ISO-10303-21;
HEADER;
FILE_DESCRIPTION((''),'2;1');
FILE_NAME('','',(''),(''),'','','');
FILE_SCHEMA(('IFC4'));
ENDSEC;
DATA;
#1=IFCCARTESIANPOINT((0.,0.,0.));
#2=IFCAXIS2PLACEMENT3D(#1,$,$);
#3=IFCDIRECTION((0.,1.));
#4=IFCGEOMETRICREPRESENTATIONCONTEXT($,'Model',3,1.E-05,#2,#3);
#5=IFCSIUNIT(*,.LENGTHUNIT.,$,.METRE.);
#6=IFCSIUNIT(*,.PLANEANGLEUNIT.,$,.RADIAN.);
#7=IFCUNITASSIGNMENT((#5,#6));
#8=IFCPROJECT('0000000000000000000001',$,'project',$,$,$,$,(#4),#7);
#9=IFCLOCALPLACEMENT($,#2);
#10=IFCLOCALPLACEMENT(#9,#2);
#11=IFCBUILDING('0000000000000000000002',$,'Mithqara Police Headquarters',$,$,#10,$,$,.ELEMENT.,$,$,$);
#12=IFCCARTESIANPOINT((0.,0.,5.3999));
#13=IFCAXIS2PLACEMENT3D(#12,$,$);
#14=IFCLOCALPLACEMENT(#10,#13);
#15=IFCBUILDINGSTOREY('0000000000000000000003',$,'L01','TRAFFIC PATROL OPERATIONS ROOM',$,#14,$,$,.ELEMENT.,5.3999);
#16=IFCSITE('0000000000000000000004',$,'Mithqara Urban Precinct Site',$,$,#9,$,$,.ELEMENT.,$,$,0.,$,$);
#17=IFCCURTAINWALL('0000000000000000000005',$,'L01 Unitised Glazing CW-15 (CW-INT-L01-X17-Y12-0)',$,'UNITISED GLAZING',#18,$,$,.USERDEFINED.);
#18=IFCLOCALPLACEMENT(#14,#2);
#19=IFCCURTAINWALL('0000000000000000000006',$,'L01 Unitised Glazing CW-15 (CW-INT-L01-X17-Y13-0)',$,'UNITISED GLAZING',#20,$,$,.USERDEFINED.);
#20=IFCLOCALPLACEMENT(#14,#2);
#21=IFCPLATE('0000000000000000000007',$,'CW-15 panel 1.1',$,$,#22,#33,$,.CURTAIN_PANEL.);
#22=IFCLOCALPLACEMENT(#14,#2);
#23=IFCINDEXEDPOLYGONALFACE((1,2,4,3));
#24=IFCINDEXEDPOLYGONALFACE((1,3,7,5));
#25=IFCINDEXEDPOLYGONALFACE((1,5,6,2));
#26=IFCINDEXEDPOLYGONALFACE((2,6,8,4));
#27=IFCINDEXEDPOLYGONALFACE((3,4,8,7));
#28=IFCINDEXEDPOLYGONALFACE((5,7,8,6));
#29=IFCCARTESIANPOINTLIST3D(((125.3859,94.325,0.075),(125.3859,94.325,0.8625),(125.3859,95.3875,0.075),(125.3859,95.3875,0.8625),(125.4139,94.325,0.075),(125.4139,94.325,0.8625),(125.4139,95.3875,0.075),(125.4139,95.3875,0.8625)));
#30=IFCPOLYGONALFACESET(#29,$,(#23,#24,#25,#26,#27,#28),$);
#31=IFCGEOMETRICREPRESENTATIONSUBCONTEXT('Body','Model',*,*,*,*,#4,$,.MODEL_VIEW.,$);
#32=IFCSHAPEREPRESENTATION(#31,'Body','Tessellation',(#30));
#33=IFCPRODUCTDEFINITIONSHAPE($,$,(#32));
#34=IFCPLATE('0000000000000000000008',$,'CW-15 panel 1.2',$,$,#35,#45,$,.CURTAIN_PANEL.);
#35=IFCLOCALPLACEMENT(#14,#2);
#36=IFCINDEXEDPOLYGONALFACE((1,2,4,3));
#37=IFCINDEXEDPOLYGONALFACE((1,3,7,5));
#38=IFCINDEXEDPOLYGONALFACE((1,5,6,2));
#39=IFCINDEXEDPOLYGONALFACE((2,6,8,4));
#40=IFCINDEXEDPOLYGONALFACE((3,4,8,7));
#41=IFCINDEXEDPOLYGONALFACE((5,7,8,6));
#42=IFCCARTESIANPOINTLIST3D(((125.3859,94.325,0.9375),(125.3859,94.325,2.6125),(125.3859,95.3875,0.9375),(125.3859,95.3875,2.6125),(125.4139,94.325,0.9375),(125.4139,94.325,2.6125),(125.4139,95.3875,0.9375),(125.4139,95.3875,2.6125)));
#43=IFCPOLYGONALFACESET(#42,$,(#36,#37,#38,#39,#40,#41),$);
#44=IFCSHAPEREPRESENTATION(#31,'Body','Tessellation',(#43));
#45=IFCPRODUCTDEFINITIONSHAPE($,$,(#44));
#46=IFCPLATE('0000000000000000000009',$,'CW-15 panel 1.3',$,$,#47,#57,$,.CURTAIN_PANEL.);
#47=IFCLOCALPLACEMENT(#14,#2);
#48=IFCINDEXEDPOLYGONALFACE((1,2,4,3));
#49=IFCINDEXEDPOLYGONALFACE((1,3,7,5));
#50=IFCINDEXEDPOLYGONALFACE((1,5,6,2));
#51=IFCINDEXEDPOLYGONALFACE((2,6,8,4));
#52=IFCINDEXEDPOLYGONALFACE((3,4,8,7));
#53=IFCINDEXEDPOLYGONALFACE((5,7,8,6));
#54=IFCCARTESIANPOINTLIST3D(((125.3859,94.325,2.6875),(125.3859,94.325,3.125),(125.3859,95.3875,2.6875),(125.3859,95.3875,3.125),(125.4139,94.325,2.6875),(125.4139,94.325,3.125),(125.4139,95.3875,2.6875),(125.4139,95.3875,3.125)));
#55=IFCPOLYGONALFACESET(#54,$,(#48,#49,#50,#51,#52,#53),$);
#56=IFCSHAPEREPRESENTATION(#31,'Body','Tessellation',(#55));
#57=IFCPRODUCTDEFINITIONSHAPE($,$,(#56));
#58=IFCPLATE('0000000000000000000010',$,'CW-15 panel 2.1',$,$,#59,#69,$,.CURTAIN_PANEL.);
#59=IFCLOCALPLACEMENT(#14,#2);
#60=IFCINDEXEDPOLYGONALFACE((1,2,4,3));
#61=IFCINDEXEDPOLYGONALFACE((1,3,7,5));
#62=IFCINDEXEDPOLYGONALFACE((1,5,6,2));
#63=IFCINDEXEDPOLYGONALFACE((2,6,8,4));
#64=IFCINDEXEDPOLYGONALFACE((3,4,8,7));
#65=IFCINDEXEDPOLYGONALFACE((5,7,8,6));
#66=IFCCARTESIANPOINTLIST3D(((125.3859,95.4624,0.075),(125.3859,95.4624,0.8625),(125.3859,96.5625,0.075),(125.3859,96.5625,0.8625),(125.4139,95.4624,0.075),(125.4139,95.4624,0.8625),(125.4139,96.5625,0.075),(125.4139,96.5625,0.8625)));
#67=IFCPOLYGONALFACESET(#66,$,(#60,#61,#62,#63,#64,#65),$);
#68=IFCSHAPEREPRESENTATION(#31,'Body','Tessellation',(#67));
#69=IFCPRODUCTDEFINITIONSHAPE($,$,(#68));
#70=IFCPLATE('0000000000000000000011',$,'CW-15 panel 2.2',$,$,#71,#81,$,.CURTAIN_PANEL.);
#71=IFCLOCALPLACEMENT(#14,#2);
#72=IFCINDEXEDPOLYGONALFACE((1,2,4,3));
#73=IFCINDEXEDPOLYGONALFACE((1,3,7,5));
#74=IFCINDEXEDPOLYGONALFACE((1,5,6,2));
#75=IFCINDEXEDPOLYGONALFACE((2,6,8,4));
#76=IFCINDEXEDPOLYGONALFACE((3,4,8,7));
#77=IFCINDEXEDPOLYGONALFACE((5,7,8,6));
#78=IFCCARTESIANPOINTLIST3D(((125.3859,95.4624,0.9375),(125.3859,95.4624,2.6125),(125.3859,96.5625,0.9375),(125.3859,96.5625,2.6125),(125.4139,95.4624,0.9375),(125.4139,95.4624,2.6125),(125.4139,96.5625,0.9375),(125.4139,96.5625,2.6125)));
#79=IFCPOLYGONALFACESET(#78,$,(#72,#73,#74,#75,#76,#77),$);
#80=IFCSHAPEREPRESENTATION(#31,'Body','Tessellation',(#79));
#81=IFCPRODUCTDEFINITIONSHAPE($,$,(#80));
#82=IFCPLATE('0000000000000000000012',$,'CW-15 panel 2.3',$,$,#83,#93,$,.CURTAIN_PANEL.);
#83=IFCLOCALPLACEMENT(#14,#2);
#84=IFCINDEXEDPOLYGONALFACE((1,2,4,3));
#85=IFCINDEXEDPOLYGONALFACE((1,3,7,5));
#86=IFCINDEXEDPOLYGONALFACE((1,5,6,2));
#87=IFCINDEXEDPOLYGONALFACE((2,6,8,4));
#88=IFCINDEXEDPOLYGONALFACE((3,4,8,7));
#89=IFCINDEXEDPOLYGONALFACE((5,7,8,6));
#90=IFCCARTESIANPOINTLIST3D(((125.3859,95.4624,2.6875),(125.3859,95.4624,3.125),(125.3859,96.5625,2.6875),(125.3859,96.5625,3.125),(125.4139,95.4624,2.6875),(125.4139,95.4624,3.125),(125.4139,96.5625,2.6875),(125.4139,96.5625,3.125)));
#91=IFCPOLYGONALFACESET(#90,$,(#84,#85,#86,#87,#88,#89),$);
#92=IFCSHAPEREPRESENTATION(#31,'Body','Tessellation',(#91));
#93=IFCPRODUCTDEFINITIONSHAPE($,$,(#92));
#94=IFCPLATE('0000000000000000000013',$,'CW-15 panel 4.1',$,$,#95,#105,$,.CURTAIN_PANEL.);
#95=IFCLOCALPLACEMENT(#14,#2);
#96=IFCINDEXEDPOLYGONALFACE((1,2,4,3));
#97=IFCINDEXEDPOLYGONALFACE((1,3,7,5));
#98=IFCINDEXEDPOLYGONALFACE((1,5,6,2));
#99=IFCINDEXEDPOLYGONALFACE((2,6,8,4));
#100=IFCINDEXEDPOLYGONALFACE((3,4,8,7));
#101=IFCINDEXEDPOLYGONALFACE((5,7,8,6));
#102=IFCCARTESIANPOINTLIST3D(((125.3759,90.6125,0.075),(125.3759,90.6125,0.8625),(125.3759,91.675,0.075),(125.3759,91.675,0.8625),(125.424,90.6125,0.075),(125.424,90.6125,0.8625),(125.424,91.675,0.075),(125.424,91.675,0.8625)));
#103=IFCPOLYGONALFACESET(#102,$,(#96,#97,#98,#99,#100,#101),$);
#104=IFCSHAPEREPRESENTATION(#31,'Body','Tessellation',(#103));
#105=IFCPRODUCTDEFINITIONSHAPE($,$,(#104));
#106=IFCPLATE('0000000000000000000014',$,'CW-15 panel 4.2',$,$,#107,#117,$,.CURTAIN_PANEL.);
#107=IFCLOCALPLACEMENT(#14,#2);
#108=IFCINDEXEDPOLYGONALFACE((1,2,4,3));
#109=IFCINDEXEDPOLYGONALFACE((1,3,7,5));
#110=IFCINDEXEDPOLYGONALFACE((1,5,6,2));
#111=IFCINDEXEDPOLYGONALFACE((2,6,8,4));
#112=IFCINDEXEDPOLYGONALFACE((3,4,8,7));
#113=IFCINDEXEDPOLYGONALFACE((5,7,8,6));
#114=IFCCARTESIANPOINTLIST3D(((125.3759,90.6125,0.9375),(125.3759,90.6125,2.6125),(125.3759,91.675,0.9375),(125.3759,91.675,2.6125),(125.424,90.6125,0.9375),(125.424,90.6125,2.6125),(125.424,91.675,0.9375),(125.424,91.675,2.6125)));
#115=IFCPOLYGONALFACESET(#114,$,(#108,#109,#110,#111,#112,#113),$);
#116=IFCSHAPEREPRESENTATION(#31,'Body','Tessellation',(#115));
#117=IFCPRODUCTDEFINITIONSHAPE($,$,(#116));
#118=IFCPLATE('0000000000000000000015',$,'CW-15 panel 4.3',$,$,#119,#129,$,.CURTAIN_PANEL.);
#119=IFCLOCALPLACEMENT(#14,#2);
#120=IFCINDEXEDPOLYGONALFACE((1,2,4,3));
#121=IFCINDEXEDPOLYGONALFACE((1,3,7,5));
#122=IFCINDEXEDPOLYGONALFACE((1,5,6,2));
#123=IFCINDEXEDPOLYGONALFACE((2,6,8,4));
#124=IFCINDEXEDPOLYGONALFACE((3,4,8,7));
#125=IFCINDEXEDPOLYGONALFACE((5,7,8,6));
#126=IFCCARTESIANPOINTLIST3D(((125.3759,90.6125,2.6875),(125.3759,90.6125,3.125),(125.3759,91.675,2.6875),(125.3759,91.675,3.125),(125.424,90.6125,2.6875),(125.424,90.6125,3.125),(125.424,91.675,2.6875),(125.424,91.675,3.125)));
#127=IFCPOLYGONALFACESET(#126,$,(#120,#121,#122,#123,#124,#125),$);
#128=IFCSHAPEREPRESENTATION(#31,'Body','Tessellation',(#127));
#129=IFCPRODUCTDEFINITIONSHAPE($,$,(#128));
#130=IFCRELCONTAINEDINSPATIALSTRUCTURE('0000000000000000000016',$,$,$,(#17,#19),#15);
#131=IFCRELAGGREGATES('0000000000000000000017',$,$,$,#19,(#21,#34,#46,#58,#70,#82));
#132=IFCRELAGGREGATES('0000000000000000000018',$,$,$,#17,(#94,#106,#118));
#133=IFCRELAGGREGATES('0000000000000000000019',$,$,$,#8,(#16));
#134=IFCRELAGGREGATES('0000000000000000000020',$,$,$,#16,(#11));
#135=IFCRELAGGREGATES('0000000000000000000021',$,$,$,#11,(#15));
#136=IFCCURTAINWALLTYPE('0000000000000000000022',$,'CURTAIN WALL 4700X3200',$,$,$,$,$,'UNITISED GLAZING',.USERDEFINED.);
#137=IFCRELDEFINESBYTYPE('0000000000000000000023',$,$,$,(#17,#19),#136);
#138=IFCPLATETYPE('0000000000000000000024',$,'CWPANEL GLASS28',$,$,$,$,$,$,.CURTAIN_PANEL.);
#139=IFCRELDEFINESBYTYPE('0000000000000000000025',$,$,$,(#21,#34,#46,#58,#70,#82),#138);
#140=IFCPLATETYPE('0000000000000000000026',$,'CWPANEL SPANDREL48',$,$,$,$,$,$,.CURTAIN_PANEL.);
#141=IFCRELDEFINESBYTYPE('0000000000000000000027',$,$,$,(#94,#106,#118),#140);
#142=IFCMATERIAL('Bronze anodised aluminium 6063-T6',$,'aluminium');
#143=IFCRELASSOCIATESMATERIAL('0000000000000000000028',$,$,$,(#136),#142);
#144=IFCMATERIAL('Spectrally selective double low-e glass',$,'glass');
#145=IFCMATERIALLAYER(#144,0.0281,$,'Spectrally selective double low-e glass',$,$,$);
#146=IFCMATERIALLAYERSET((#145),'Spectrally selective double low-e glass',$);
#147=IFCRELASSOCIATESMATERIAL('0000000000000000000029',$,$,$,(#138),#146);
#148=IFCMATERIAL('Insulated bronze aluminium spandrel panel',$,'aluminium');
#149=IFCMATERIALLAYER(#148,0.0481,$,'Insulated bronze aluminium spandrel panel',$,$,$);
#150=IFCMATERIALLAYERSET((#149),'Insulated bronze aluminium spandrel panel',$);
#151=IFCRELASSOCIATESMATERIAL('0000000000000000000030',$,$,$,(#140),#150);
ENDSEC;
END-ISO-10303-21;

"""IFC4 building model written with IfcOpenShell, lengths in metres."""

from ifc_helpers import new_model, si_unit, direction, frame, origin, origin_2d, place, context, subcontext, project, spatial, rectangle, extrude, material, layer, layer_set, type_object, element, aggregate, save


model = new_model("IFC4")

# Units and contexts
model_context = context("Model", 3, precision=1e-05, world=origin(), true_north=direction((0.0, 1.0)))
body_context = subcontext(model_context, "Body", "Model", "MODEL_VIEW")
ifc_project = project(units=[si_unit("LENGTHUNIT", "METRE"), si_unit("PLANEANGLEUNIT", "RADIAN")], contexts=[model_context])

# Site, building, storey
site_placement = place(None, origin())
site = spatial("IfcSite", under=ifc_project, at=site_placement, Name="Mithqara Urban Precinct Site", CompositionType="ELEMENT", RefElevation=0.0)
building_placement = place(site_placement, origin())
building = spatial("IfcBuilding", under=site, at=building_placement, Name="Mithqara Police Headquarters", CompositionType="ELEMENT")
storey_placement = place(building_placement, frame((0.0, 0.0, 5.3999)))
storey = spatial("IfcBuildingStorey", under=building, at=storey_placement, Name="L01", Description="TRAFFIC PATROL OPERATIONS ROOM", CompositionType="ELEMENT", Elevation=5.3999)

# Curtain wall
ifc_material_1 = material(Name="Bronze anodised aluminium 6063-T6", Category="aluminium")
curtain_wall_type = type_object("IfcCurtainWallType", Name="CURTAIN WALL 4700X3200", ElementType="UNITISED GLAZING", PredefinedType="USERDEFINED", material=ifc_material_1)
curtain_wall_1_placement = place(storey_placement, origin())
curtain_wall_1 = element("IfcCurtainWall", 1, at=curtain_wall_1_placement, inside=storey, type_object=curtain_wall_type, Name="L01 Unitised Glazing CW-15 (CW-INT-L01-X17-Y12-0)", ObjectType="UNITISED GLAZING", PredefinedType="USERDEFINED")

# Curtain wall, plates
curtain_wall_2_placement = place(storey_placement, origin())
curtain_wall_2 = element("IfcCurtainWall", 2, at=curtain_wall_2_placement, inside=storey, type_object=curtain_wall_type, Name="L01 Unitised Glazing CW-15 (CW-INT-L01-X17-Y13-0)", ObjectType="UNITISED GLAZING", PredefinedType="USERDEFINED")
ifc_material_2 = material(Name="Spectrally selective double low-e glass", Category="glass")
ifc_layer_1 = layer(ifc_material_2, 0.0281, Name="Spectrally selective double low-e glass")
ifc_layer_set_1 = layer_set([ifc_layer_1], Name="Spectrally selective double low-e glass")
plate_type_1 = type_object("IfcPlateType", Name="CWPANEL GLASS28", PredefinedType="CURTAIN_PANEL", material=ifc_layer_set_1)
plate_1_placement = place(storey_placement, frame((125.3999, 94.8562, 0.075), z_axis=(0.0, 0.0, 1.0), x_axis=(0.0, 1.0, 0.0)))
plate_1 = element("IfcPlate", 3, at=plate_1_placement, type_object=plate_type_1, Name="CW-15 panel 1.1", PredefinedType="CURTAIN_PANEL", context=body_context, shape_type="SweptSolid", body=[
    extrude(rectangle(XDim=1.0625, YDim=0.0281, at=origin_2d()), origin(), (0.0, 0.0, 1.0), 0.7876),
])
plate_2_placement = place(storey_placement, frame((125.3999, 94.8562, 0.9375), z_axis=(0.0, 0.0, 1.0), x_axis=(0.0, 1.0, 0.0)))
plate_2 = element("IfcPlate", 4, at=plate_2_placement, type_object=plate_type_1, Name="CW-15 panel 1.2", PredefinedType="CURTAIN_PANEL", context=body_context, shape_type="SweptSolid", body=[
    extrude(rectangle(XDim=1.0625, YDim=0.0281, at=origin_2d()), origin(), (0.0, 0.0, 1.0), 1.675),
])
plate_3_placement = place(storey_placement, frame((125.3999, 94.8562, 2.6875), z_axis=(0.0, 0.0, 1.0), x_axis=(0.0, 1.0, 0.0)))
plate_3 = element("IfcPlate", 5, at=plate_3_placement, type_object=plate_type_1, Name="CW-15 panel 1.3", PredefinedType="CURTAIN_PANEL", context=body_context, shape_type="SweptSolid", body=[
    extrude(rectangle(XDim=1.0625, YDim=0.0281, at=origin_2d()), origin(), (0.0, 0.0, 1.0), 0.4375),
])
plate_4_placement = place(storey_placement, frame((125.3999, 96.0125, 0.075), z_axis=(0.0, 0.0, 1.0), x_axis=(0.0, 1.0, 0.0)))
plate_4 = element("IfcPlate", 6, at=plate_4_placement, type_object=plate_type_1, Name="CW-15 panel 2.1", PredefinedType="CURTAIN_PANEL", context=body_context, shape_type="SweptSolid", body=[
    extrude(rectangle(XDim=1.1001, YDim=0.0281, at=origin_2d()), origin(), (0.0, 0.0, 1.0), 0.7876),
])
plate_5_placement = place(storey_placement, frame((125.3999, 96.0125, 0.9375), z_axis=(0.0, 0.0, 1.0), x_axis=(0.0, 1.0, 0.0)))
plate_5 = element("IfcPlate", 7, at=plate_5_placement, type_object=plate_type_1, Name="CW-15 panel 2.2", PredefinedType="CURTAIN_PANEL", context=body_context, shape_type="SweptSolid", body=[
    extrude(rectangle(XDim=1.1001, YDim=0.0281, at=origin_2d()), origin(), (0.0, 0.0, 1.0), 1.675),
])
plate_6_placement = place(storey_placement, frame((125.3999, 96.0125, 2.6875), z_axis=(0.0, 0.0, 1.0), x_axis=(0.0, 1.0, 0.0)))
plate_6 = element("IfcPlate", 8, at=plate_6_placement, type_object=plate_type_1, Name="CW-15 panel 2.3", PredefinedType="CURTAIN_PANEL", context=body_context, shape_type="SweptSolid", body=[
    extrude(rectangle(XDim=1.1001, YDim=0.0281, at=origin_2d()), origin(), (0.0, 0.0, 1.0), 0.4375),
])
aggregate(curtain_wall_2, [plate_1, plate_2, plate_3, plate_4, plate_5, plate_6])

# Plates
ifc_material_3 = material(Name="Insulated bronze aluminium spandrel panel", Category="aluminium")
ifc_layer_2 = layer(ifc_material_3, 0.0481, Name="Insulated bronze aluminium spandrel panel")
ifc_layer_set_2 = layer_set([ifc_layer_2], Name="Insulated bronze aluminium spandrel panel")
plate_type_2 = type_object("IfcPlateType", Name="CWPANEL SPANDREL48", PredefinedType="CURTAIN_PANEL", material=ifc_layer_set_2)
plate_7_placement = place(storey_placement, frame((125.3999, 91.1438, 0.075), z_axis=(0.0, 0.0, 1.0), x_axis=(0.0, 1.0, 0.0)))
plate_7 = element("IfcPlate", 9, at=plate_7_placement, type_object=plate_type_2, Name="CW-15 panel 4.1", PredefinedType="CURTAIN_PANEL", context=body_context, shape_type="SweptSolid", body=[
    extrude(rectangle(XDim=1.0625, YDim=0.0481, at=origin_2d()), origin(), (0.0, 0.0, 1.0), 0.7876),
])
plate_8_placement = place(storey_placement, frame((125.3999, 91.1438, 0.9375), z_axis=(0.0, 0.0, 1.0), x_axis=(0.0, 1.0, 0.0)))
plate_8 = element("IfcPlate", 10, at=plate_8_placement, type_object=plate_type_2, Name="CW-15 panel 4.2", PredefinedType="CURTAIN_PANEL", context=body_context, shape_type="SweptSolid", body=[
    extrude(rectangle(XDim=1.0625, YDim=0.0481, at=origin_2d()), origin(), (0.0, 0.0, 1.0), 1.675),
])
plate_9_placement = place(storey_placement, frame((125.3999, 91.1438, 2.6875), z_axis=(0.0, 0.0, 1.0), x_axis=(0.0, 1.0, 0.0)))
plate_9 = element("IfcPlate", 11, at=plate_9_placement, type_object=plate_type_2, Name="CW-15 panel 4.3", PredefinedType="CURTAIN_PANEL", context=body_context, shape_type="SweptSolid", body=[
    extrude(rectangle(XDim=1.0625, YDim=0.0481, at=origin_2d()), origin(), (0.0, 0.0, 1.0), 0.4375),
])
aggregate(curtain_wall_1, [plate_7, plate_8, plate_9])

save(model, "model.ifc")
